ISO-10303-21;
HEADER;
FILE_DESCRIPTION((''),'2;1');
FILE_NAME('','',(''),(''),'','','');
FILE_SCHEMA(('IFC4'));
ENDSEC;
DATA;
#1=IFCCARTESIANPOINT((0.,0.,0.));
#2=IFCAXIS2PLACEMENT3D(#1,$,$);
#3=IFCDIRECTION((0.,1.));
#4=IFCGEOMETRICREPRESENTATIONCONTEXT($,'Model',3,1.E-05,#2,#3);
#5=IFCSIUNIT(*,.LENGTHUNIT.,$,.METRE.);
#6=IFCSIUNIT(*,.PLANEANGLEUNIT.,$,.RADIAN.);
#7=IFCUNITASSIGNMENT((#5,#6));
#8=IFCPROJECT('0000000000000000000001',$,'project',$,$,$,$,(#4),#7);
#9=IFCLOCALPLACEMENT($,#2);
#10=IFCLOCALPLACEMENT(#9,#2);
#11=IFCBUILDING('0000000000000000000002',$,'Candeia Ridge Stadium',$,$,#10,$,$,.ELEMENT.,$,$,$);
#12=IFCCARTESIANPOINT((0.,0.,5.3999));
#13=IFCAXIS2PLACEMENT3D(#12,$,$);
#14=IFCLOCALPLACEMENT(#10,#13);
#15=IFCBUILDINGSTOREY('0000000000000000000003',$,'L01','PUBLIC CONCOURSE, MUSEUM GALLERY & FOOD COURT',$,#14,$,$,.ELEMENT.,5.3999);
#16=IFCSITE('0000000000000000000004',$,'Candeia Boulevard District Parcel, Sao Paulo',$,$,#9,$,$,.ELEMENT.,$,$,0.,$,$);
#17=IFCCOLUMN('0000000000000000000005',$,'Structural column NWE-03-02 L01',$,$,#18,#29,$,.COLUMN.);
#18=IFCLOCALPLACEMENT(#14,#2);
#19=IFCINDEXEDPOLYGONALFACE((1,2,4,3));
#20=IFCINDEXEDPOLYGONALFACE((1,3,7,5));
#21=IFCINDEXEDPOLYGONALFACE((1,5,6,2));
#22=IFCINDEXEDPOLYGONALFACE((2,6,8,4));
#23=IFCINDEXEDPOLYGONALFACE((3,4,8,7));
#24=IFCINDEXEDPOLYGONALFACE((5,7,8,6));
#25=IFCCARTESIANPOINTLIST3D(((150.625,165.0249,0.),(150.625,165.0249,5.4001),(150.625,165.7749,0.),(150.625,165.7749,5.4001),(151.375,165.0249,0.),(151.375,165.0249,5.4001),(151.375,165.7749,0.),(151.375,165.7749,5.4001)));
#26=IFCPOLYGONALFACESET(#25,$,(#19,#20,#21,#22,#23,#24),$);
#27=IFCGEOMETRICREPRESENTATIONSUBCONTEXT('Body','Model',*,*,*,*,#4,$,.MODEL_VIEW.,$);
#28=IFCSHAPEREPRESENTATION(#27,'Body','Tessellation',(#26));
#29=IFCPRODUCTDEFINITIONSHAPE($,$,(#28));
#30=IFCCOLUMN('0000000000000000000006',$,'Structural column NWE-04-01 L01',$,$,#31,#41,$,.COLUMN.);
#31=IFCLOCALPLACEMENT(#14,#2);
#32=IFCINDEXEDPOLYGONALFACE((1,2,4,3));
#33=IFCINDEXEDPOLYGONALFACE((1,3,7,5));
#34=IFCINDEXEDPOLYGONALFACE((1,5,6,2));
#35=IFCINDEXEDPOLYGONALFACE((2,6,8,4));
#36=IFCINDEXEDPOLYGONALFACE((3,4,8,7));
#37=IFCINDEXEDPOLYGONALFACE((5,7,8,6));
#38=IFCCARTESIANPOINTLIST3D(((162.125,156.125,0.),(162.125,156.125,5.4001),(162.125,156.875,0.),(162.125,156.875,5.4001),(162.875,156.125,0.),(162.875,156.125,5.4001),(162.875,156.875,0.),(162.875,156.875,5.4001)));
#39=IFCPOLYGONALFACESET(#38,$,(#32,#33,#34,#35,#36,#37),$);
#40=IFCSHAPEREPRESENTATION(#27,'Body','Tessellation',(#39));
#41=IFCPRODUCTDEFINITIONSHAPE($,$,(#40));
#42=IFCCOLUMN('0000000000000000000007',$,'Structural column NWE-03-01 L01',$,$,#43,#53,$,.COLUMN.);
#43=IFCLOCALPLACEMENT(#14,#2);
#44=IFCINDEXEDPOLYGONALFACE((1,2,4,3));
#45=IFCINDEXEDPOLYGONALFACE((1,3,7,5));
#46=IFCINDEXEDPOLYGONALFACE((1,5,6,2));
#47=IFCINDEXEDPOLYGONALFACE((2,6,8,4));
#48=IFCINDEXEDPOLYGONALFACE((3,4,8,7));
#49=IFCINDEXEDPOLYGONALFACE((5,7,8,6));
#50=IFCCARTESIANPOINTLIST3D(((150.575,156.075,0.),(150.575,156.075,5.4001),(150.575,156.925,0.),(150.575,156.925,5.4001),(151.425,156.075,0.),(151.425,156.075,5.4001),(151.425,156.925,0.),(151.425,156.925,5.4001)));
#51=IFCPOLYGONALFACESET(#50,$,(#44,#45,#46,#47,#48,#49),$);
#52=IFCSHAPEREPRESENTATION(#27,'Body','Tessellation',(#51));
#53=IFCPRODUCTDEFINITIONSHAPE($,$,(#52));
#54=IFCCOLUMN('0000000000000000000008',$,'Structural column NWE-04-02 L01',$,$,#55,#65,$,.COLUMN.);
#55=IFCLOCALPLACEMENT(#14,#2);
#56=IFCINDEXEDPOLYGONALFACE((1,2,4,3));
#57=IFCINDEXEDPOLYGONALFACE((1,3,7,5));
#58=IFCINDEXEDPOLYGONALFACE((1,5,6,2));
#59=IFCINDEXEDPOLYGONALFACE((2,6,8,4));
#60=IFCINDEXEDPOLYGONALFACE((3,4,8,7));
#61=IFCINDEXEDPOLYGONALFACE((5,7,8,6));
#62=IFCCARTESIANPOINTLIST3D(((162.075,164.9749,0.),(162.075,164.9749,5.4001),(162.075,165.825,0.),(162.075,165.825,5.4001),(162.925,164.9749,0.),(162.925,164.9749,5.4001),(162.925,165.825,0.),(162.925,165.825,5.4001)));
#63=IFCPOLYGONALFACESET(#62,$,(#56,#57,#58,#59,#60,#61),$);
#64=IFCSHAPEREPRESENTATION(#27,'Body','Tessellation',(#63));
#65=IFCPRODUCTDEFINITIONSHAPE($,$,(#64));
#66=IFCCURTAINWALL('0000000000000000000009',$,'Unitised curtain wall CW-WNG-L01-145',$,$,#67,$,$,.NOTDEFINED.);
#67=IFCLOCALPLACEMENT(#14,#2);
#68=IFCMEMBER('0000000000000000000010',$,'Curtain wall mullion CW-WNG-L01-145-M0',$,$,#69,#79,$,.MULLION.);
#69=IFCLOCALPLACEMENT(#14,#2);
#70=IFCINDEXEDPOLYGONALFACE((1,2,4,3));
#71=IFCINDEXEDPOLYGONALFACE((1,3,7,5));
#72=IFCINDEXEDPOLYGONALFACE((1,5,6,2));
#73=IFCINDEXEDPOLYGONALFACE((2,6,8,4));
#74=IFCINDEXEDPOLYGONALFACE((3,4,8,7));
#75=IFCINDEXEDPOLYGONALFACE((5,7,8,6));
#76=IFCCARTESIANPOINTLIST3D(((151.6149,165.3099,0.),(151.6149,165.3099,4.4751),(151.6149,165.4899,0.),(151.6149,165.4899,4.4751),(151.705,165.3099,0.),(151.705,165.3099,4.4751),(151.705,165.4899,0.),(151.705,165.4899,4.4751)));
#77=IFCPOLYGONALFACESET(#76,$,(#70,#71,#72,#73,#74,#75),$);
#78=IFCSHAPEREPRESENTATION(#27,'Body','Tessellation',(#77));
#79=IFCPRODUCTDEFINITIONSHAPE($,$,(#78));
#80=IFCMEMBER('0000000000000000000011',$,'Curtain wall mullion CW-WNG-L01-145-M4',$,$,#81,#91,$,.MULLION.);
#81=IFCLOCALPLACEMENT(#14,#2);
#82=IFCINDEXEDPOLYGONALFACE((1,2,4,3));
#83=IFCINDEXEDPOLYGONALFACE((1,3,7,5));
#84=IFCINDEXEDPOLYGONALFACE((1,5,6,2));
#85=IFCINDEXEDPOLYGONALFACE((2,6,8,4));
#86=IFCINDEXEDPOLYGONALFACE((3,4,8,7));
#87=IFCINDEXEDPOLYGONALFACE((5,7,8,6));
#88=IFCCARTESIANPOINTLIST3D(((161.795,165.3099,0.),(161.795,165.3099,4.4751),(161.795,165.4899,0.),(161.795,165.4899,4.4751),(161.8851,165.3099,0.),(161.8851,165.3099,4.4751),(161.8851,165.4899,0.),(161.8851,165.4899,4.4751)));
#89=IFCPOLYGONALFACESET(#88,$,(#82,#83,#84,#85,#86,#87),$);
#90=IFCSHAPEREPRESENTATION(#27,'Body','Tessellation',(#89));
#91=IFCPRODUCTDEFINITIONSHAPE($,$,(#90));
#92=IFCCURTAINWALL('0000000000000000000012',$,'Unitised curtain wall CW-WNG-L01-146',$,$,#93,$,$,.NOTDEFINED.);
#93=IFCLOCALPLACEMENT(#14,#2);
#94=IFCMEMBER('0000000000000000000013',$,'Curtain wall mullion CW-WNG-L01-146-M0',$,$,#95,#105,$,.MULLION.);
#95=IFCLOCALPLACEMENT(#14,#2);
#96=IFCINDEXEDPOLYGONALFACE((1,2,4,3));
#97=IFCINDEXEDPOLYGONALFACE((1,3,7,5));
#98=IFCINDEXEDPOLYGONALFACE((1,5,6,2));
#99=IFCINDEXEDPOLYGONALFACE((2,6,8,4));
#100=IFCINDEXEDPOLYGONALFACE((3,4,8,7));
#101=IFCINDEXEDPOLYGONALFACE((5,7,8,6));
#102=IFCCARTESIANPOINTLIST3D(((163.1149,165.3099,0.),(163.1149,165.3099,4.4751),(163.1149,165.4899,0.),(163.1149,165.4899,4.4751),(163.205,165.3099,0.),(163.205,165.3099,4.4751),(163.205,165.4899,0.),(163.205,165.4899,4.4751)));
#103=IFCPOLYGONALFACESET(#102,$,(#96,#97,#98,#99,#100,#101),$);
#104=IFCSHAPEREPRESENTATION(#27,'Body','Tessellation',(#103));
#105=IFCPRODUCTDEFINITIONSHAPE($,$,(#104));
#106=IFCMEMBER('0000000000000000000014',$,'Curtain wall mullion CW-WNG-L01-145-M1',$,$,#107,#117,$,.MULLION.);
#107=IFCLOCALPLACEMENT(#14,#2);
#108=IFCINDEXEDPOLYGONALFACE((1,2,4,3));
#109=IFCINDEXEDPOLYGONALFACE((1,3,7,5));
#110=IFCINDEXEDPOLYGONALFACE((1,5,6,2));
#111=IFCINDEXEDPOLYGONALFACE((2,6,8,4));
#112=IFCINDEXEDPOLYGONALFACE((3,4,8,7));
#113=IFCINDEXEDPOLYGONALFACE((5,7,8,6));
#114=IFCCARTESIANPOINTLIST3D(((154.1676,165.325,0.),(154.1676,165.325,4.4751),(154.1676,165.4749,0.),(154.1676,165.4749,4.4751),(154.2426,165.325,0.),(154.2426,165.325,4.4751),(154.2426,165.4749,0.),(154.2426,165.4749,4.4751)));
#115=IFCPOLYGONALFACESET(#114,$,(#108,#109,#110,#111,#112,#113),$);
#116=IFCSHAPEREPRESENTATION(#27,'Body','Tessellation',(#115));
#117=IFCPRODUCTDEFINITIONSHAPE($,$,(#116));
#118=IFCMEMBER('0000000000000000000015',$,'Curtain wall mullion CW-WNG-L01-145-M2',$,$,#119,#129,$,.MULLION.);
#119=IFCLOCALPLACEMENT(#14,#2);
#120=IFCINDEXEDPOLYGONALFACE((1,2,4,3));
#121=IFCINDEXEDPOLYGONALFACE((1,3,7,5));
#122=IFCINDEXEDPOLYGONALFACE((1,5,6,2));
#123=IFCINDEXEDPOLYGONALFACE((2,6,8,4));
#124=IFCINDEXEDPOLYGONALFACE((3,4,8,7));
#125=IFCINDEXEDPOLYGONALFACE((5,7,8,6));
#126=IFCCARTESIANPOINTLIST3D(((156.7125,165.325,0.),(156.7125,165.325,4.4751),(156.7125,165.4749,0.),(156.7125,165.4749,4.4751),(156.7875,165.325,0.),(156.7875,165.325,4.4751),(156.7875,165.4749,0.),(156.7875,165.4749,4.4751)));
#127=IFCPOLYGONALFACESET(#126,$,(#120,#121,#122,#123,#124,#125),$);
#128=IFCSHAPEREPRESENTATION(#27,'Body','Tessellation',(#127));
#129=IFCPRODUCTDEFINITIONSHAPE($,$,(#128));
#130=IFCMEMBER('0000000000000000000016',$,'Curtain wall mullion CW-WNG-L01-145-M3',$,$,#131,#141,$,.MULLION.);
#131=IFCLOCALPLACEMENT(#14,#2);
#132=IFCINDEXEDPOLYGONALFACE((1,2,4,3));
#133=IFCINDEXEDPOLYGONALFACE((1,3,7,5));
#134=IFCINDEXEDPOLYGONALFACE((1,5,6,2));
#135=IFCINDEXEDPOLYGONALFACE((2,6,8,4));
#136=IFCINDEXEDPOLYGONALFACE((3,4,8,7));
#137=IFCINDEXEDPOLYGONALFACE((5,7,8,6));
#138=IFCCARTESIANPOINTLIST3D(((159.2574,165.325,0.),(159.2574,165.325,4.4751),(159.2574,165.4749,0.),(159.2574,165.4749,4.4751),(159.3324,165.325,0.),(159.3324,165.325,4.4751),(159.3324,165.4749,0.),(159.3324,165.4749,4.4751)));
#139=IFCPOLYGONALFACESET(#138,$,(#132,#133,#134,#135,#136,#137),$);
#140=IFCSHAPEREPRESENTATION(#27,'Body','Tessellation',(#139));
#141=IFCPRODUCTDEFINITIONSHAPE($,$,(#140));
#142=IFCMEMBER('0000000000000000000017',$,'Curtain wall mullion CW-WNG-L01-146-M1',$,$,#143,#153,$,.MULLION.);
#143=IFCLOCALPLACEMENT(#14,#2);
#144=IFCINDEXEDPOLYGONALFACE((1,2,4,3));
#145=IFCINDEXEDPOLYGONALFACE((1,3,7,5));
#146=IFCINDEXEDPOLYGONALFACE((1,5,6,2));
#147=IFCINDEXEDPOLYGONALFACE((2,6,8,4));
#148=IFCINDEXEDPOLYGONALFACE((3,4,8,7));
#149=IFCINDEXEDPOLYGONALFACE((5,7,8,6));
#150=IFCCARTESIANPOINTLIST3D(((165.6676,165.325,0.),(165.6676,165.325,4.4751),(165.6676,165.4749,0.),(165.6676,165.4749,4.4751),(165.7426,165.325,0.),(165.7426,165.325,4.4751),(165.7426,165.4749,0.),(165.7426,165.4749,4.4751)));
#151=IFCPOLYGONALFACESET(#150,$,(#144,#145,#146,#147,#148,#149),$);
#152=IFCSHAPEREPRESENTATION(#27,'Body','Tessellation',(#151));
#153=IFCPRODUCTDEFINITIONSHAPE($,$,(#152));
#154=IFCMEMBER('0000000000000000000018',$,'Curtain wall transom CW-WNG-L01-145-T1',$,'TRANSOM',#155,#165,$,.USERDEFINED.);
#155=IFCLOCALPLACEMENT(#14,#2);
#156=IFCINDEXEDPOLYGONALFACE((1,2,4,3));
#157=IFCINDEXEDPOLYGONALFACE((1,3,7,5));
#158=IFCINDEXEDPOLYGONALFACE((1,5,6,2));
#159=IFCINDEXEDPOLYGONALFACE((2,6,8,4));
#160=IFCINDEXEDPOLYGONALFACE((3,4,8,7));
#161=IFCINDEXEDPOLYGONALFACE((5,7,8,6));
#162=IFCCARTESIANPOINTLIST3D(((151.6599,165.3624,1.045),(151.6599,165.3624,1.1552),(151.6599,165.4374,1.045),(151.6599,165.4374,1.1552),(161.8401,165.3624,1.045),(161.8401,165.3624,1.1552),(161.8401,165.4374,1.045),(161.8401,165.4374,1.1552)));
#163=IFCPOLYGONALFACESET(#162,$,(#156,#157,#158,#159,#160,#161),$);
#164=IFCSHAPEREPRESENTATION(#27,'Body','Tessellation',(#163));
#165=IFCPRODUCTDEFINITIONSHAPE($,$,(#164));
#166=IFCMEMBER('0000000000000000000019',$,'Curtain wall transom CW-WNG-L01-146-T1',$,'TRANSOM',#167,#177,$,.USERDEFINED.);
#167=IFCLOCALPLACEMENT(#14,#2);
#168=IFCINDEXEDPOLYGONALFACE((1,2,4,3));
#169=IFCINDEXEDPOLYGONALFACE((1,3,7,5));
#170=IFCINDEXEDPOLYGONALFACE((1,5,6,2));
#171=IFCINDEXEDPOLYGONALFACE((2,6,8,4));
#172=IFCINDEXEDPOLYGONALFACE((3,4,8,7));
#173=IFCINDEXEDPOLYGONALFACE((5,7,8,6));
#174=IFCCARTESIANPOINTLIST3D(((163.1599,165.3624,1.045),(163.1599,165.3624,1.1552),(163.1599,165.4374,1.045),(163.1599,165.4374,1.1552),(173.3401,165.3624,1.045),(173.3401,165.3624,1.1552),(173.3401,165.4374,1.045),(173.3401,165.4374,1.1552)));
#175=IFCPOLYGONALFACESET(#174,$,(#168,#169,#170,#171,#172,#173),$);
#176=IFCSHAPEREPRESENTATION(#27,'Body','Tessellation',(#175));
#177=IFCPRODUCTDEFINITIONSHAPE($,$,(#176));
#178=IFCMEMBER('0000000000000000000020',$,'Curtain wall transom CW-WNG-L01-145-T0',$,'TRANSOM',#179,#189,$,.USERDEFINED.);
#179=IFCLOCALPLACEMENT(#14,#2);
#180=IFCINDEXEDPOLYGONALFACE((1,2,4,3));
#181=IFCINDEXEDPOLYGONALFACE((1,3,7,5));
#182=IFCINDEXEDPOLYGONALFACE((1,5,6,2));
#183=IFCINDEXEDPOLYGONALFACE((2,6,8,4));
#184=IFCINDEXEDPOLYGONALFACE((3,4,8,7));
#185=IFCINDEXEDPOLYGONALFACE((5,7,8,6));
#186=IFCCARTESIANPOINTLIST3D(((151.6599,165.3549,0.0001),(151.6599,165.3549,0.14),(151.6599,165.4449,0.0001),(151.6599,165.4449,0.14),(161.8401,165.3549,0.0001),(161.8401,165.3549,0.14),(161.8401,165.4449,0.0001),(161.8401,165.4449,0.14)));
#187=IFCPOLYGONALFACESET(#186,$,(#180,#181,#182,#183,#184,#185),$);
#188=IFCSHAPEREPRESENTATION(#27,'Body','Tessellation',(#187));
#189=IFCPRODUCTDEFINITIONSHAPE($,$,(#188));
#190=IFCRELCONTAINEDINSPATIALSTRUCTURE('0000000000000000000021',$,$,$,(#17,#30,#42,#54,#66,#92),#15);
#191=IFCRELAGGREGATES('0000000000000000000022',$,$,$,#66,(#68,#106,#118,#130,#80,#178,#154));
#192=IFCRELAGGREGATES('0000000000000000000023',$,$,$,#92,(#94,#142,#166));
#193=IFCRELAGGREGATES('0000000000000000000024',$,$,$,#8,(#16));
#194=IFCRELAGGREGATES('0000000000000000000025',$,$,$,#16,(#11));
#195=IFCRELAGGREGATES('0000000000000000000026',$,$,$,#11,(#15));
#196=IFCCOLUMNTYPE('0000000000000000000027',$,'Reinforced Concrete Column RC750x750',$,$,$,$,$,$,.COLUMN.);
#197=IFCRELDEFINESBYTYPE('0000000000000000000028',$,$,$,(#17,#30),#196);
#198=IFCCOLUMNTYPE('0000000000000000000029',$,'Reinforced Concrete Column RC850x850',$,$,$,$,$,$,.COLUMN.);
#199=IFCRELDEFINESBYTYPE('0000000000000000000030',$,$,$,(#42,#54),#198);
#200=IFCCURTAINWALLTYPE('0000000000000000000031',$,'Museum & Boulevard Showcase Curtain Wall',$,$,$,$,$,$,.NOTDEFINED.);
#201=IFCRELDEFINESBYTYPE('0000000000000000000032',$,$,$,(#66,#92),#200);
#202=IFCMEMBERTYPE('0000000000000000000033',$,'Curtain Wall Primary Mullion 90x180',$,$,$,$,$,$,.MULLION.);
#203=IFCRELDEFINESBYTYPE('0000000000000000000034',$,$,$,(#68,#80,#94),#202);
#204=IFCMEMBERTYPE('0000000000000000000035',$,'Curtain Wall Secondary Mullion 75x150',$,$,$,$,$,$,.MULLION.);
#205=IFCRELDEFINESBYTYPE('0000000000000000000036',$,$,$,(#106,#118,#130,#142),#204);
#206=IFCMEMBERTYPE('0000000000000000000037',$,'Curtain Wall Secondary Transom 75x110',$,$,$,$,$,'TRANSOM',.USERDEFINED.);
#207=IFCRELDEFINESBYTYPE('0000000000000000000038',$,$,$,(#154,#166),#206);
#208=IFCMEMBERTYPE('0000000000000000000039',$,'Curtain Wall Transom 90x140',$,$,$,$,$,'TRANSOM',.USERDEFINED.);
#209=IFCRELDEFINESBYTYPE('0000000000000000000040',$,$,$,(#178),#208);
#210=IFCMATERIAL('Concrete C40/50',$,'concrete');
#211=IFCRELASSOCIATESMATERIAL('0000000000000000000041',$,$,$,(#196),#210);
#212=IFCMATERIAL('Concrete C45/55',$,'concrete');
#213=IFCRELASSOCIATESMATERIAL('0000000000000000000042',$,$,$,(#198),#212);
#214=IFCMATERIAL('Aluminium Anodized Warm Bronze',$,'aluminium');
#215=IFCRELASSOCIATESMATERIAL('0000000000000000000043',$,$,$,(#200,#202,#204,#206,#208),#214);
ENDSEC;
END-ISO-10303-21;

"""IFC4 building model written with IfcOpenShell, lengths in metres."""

from ifc_helpers import new_model, si_unit, direction, frame, origin, origin_2d, place, context, subcontext, project, spatial, rectangle, extrude, material, material_profile, profile_set, type_object, element, aggregate, save


model = new_model("IFC4")

# Units and contexts
model_context = context("Model", 3, precision=1e-05, world=origin(), true_north=direction((0.0, 1.0)))
body_context = subcontext(model_context, "Body", "Model", "MODEL_VIEW")
ifc_project = project(units=[si_unit("LENGTHUNIT", "METRE"), si_unit("PLANEANGLEUNIT", "RADIAN")], contexts=[model_context])

# Site, building, storey
site_placement = place(None, origin())
site = spatial("IfcSite", under=ifc_project, at=site_placement, Name="Candeia Boulevard District Parcel, Sao Paulo", CompositionType="ELEMENT", RefElevation=0.0)
building_placement = place(site_placement, origin())
building = spatial("IfcBuilding", under=site, at=building_placement, Name="Candeia Ridge Stadium", CompositionType="ELEMENT")
storey_placement = place(building_placement, frame((0.0, 0.0, 5.3999)))
storey = spatial("IfcBuildingStorey", under=building, at=storey_placement, Name="L01", Description="PUBLIC CONCOURSE, MUSEUM GALLERY & FOOD COURT", CompositionType="ELEMENT", Elevation=5.3999)

# Columns
ifc_material_1 = material(Name="Concrete C40/50", Category="concrete")
ifc_material_profile_1 = material_profile(ifc_material_1, rectangle(XDim=0.75, YDim=0.75, at=origin_2d()), Name="RC750x750", Category="concrete")
ifc_profile_set_1 = profile_set([ifc_material_profile_1], Name="Concrete C40/50")
column_type_1 = type_object("IfcColumnType", Name="Reinforced Concrete Column RC750x750", PredefinedType="COLUMN", material=ifc_profile_set_1)
for number, where, z_axis, x_axis, name in (
    (1, (151.0, 165.3999, 0.0), (0.0, 0.0, 1.0), (1.0, 0.0, 0.0), "Structural column NWE-03-02 L01"),
    (2, (162.5, 156.5, 0.0), (0.0, 0.0, 1.0), (1.0, 0.0, 0.0), "Structural column NWE-04-01 L01"),
):
    element("IfcColumn", number, at=place(storey_placement, frame(where, z_axis=z_axis, x_axis=x_axis)), inside=storey, type_object=column_type_1, Name=name, PredefinedType="COLUMN", context=body_context, shape_type="SweptSolid", body=[
        extrude(rectangle(XDim=0.75, YDim=0.75, at=origin_2d()), origin(), (0.0, 0.0, 1.0), 5.4001),
    ])
ifc_material_2 = material(Name="Concrete C45/55", Category="concrete")
ifc_material_profile_2 = material_profile(ifc_material_2, rectangle(XDim=0.8501, YDim=0.8501, at=origin_2d()), Name="RC850x850", Category="concrete")
ifc_profile_set_2 = profile_set([ifc_material_profile_2], Name="Concrete C45/55")
column_type_2 = type_object("IfcColumnType", Name="Reinforced Concrete Column RC850x850", PredefinedType="COLUMN", material=ifc_profile_set_2)
for number, where, z_axis, x_axis, name in (
    (3, (151.0, 156.5, 0.0), (0.0, 0.0, 1.0), (1.0, 0.0, 0.0), "Structural column NWE-03-01 L01"),
    (4, (162.5, 165.3999, 0.0), (0.0, 0.0, 1.0), (1.0, 0.0, 0.0), "Structural column NWE-04-02 L01"),
):
    element("IfcColumn", number, at=place(storey_placement, frame(where, z_axis=z_axis, x_axis=x_axis)), inside=storey, type_object=column_type_2, Name=name, PredefinedType="COLUMN", context=body_context, shape_type="SweptSolid", body=[
        extrude(rectangle(XDim=0.8501, YDim=0.8501, at=origin_2d()), origin(), (0.0, 0.0, 1.0), 5.4001),
    ])

# Curtain wall, members
ifc_material_3 = material(Name="Aluminium Anodized Warm Bronze", Category="aluminium")
curtain_wall_type = type_object("IfcCurtainWallType", Name="Museum & Boulevard Showcase Curtain Wall", PredefinedType="NOTDEFINED", material=ifc_material_3)
curtain_wall_1_placement = place(storey_placement, origin())
curtain_wall_1 = element("IfcCurtainWall", 5, at=curtain_wall_1_placement, inside=storey, type_object=curtain_wall_type, Name="Unitised curtain wall CW-WNG-L01-145", PredefinedType="NOTDEFINED")
ifc_material_profile_3 = material_profile(ifc_material_3, rectangle(XDim=0.0901, YDim=0.1799, at=origin_2d()), Name="CWM-90x180", Category="aluminium")
ifc_profile_set_3 = profile_set([ifc_material_profile_3], Name="Aluminium Anodized Warm Bronze")
member_type_1 = type_object("IfcMemberType", Name="Curtain Wall Primary Mullion 90x180", PredefinedType="MULLION", material=ifc_profile_set_3)
member_1_placement = place(storey_placement, frame((151.6599, 165.3999, 0.0), z_axis=(0.0, 0.0, 1.0), x_axis=(1.0, 0.0, 0.0)))
member_1 = element("IfcMember", 6, at=member_1_placement, type_object=member_type_1, Name="Curtain wall mullion CW-WNG-L01-145-M0", PredefinedType="MULLION", context=body_context, shape_type="SweptSolid", body=[
    extrude(rectangle(XDim=0.0901, YDim=0.1799, at=origin_2d()), origin(), (0.0, 0.0, 1.0), 4.4751),
])
member_2_placement = place(storey_placement, frame((161.8401, 165.3999, 0.0), z_axis=(0.0, 0.0, 1.0), x_axis=(1.0, 0.0, 0.0)))
member_2 = element("IfcMember", 7, at=member_2_placement, type_object=member_type_1, Name="Curtain wall mullion CW-WNG-L01-145-M4", PredefinedType="MULLION", context=body_context, shape_type="SweptSolid", body=[
    extrude(rectangle(XDim=0.0901, YDim=0.1799, at=origin_2d()), origin(), (0.0, 0.0, 1.0), 4.4751),
])

# Curtain wall, member
curtain_wall_2_placement = place(storey_placement, origin())
curtain_wall_2 = element("IfcCurtainWall", 8, at=curtain_wall_2_placement, inside=storey, type_object=curtain_wall_type, Name="Unitised curtain wall CW-WNG-L01-146", PredefinedType="NOTDEFINED")
member_3_placement = place(storey_placement, frame((163.1599, 165.3999, 0.0), z_axis=(0.0, 0.0, 1.0), x_axis=(1.0, 0.0, 0.0)))
member_3 = element("IfcMember", 9, at=member_3_placement, type_object=member_type_1, Name="Curtain wall mullion CW-WNG-L01-146-M0", PredefinedType="MULLION", context=body_context, shape_type="SweptSolid", body=[
    extrude(rectangle(XDim=0.0901, YDim=0.1799, at=origin_2d()), origin(), (0.0, 0.0, 1.0), 4.4751),
])

# Members
ifc_material_profile_4 = material_profile(ifc_material_3, rectangle(XDim=0.075, YDim=0.1499, at=origin_2d()), Name="CWM-75x150", Category="aluminium")
ifc_profile_set_4 = profile_set([ifc_material_profile_4], Name="Aluminium Anodized Warm Bronze")
member_type_2 = type_object("IfcMemberType", Name="Curtain Wall Secondary Mullion 75x150", PredefinedType="MULLION", material=ifc_profile_set_4)
member_4_placement = place(storey_placement, frame((154.2051, 165.3999, 0.0), z_axis=(0.0, 0.0, 1.0), x_axis=(1.0, 0.0, 0.0)))
member_4 = element("IfcMember", 10, at=member_4_placement, type_object=member_type_2, Name="Curtain wall mullion CW-WNG-L01-145-M1", PredefinedType="MULLION", context=body_context, shape_type="SweptSolid", body=[
    extrude(rectangle(XDim=0.075, YDim=0.1499, at=origin_2d()), origin(), (0.0, 0.0, 1.0), 4.4751),
])
member_5_placement = place(storey_placement, frame((156.75, 165.3999, 0.0), z_axis=(0.0, 0.0, 1.0), x_axis=(1.0, 0.0, 0.0)))
member_5 = element("IfcMember", 11, at=member_5_placement, type_object=member_type_2, Name="Curtain wall mullion CW-WNG-L01-145-M2", PredefinedType="MULLION", context=body_context, shape_type="SweptSolid", body=[
    extrude(rectangle(XDim=0.075, YDim=0.1499, at=origin_2d()), origin(), (0.0, 0.0, 1.0), 4.4751),
])
member_6_placement = place(storey_placement, frame((159.2949, 165.3999, 0.0), z_axis=(0.0, 0.0, 1.0), x_axis=(1.0, 0.0, 0.0)))
member_6 = element("IfcMember", 12, at=member_6_placement, type_object=member_type_2, Name="Curtain wall mullion CW-WNG-L01-145-M3", PredefinedType="MULLION", context=body_context, shape_type="SweptSolid", body=[
    extrude(rectangle(XDim=0.075, YDim=0.1499, at=origin_2d()), origin(), (0.0, 0.0, 1.0), 4.4751),
])
member_7_placement = place(storey_placement, frame((165.7051, 165.3999, 0.0), z_axis=(0.0, 0.0, 1.0), x_axis=(1.0, 0.0, 0.0)))
member_7 = element("IfcMember", 13, at=member_7_placement, type_object=member_type_2, Name="Curtain wall mullion CW-WNG-L01-146-M1", PredefinedType="MULLION", context=body_context, shape_type="SweptSolid", body=[
    extrude(rectangle(XDim=0.075, YDim=0.1499, at=origin_2d()), origin(), (0.0, 0.0, 1.0), 4.4751),
])
ifc_material_profile_5 = material_profile(ifc_material_3, rectangle(XDim=0.075, YDim=0.1101, at=origin_2d()), Name="CWT-75x110", Category="aluminium")
ifc_profile_set_5 = profile_set([ifc_material_profile_5], Name="Aluminium Anodized Warm Bronze")
member_type_3 = type_object("IfcMemberType", Name="Curtain Wall Secondary Transom 75x110", ElementType="TRANSOM", PredefinedType="USERDEFINED", material=ifc_profile_set_5)
member_8_placement = place(storey_placement, frame((151.6599, 165.3999, 1.1001), z_axis=(1.0, 0.0, 0.0), x_axis=(0.0, 1.0, 0.0)))
member_8 = element("IfcMember", 14, at=member_8_placement, type_object=member_type_3, Name="Curtain wall transom CW-WNG-L01-145-T1", ObjectType="TRANSOM", PredefinedType="USERDEFINED", context=body_context, shape_type="SweptSolid", body=[
    extrude(rectangle(XDim=0.075, YDim=0.1101, at=origin_2d()), origin(), (0.0, 0.0, 1.0), 10.1802),
])
member_9_placement = place(storey_placement, frame((163.1599, 165.3999, 1.1001), z_axis=(1.0, 0.0, 0.0), x_axis=(0.0, 1.0, 0.0)))
member_9 = element("IfcMember", 15, at=member_9_placement, type_object=member_type_3, Name="Curtain wall transom CW-WNG-L01-146-T1", ObjectType="TRANSOM", PredefinedType="USERDEFINED", context=body_context, shape_type="SweptSolid", body=[
    extrude(rectangle(XDim=0.075, YDim=0.1101, at=origin_2d()), origin(), (0.0, 0.0, 1.0), 10.1802),
])
ifc_material_profile_6 = material_profile(ifc_material_3, rectangle(XDim=0.0901, YDim=0.1399, at=origin_2d()), Name="CWT-90x140", Category="aluminium")
ifc_profile_set_6 = profile_set([ifc_material_profile_6], Name="Aluminium Anodized Warm Bronze")
member_type_4 = type_object("IfcMemberType", Name="Curtain Wall Transom 90x140", ElementType="TRANSOM", PredefinedType="USERDEFINED", material=ifc_profile_set_6)
member_10_placement = place(storey_placement, frame((151.6599, 165.3999, 0.0701), z_axis=(1.0, 0.0, 0.0), x_axis=(0.0, 1.0, 0.0)))
member_10 = element("IfcMember", 16, at=member_10_placement, type_object=member_type_4, Name="Curtain wall transom CW-WNG-L01-145-T0", ObjectType="TRANSOM", PredefinedType="USERDEFINED", context=body_context, shape_type="SweptSolid", body=[
    extrude(rectangle(XDim=0.0901, YDim=0.1399, at=origin_2d()), origin(), (0.0, 0.0, 1.0), 10.1802),
])

aggregate(curtain_wall_1, [member_1, member_4, member_5, member_6, member_2, member_10, member_8])
aggregate(curtain_wall_2, [member_3, member_7, member_9])

save(model, "model.ifc")
